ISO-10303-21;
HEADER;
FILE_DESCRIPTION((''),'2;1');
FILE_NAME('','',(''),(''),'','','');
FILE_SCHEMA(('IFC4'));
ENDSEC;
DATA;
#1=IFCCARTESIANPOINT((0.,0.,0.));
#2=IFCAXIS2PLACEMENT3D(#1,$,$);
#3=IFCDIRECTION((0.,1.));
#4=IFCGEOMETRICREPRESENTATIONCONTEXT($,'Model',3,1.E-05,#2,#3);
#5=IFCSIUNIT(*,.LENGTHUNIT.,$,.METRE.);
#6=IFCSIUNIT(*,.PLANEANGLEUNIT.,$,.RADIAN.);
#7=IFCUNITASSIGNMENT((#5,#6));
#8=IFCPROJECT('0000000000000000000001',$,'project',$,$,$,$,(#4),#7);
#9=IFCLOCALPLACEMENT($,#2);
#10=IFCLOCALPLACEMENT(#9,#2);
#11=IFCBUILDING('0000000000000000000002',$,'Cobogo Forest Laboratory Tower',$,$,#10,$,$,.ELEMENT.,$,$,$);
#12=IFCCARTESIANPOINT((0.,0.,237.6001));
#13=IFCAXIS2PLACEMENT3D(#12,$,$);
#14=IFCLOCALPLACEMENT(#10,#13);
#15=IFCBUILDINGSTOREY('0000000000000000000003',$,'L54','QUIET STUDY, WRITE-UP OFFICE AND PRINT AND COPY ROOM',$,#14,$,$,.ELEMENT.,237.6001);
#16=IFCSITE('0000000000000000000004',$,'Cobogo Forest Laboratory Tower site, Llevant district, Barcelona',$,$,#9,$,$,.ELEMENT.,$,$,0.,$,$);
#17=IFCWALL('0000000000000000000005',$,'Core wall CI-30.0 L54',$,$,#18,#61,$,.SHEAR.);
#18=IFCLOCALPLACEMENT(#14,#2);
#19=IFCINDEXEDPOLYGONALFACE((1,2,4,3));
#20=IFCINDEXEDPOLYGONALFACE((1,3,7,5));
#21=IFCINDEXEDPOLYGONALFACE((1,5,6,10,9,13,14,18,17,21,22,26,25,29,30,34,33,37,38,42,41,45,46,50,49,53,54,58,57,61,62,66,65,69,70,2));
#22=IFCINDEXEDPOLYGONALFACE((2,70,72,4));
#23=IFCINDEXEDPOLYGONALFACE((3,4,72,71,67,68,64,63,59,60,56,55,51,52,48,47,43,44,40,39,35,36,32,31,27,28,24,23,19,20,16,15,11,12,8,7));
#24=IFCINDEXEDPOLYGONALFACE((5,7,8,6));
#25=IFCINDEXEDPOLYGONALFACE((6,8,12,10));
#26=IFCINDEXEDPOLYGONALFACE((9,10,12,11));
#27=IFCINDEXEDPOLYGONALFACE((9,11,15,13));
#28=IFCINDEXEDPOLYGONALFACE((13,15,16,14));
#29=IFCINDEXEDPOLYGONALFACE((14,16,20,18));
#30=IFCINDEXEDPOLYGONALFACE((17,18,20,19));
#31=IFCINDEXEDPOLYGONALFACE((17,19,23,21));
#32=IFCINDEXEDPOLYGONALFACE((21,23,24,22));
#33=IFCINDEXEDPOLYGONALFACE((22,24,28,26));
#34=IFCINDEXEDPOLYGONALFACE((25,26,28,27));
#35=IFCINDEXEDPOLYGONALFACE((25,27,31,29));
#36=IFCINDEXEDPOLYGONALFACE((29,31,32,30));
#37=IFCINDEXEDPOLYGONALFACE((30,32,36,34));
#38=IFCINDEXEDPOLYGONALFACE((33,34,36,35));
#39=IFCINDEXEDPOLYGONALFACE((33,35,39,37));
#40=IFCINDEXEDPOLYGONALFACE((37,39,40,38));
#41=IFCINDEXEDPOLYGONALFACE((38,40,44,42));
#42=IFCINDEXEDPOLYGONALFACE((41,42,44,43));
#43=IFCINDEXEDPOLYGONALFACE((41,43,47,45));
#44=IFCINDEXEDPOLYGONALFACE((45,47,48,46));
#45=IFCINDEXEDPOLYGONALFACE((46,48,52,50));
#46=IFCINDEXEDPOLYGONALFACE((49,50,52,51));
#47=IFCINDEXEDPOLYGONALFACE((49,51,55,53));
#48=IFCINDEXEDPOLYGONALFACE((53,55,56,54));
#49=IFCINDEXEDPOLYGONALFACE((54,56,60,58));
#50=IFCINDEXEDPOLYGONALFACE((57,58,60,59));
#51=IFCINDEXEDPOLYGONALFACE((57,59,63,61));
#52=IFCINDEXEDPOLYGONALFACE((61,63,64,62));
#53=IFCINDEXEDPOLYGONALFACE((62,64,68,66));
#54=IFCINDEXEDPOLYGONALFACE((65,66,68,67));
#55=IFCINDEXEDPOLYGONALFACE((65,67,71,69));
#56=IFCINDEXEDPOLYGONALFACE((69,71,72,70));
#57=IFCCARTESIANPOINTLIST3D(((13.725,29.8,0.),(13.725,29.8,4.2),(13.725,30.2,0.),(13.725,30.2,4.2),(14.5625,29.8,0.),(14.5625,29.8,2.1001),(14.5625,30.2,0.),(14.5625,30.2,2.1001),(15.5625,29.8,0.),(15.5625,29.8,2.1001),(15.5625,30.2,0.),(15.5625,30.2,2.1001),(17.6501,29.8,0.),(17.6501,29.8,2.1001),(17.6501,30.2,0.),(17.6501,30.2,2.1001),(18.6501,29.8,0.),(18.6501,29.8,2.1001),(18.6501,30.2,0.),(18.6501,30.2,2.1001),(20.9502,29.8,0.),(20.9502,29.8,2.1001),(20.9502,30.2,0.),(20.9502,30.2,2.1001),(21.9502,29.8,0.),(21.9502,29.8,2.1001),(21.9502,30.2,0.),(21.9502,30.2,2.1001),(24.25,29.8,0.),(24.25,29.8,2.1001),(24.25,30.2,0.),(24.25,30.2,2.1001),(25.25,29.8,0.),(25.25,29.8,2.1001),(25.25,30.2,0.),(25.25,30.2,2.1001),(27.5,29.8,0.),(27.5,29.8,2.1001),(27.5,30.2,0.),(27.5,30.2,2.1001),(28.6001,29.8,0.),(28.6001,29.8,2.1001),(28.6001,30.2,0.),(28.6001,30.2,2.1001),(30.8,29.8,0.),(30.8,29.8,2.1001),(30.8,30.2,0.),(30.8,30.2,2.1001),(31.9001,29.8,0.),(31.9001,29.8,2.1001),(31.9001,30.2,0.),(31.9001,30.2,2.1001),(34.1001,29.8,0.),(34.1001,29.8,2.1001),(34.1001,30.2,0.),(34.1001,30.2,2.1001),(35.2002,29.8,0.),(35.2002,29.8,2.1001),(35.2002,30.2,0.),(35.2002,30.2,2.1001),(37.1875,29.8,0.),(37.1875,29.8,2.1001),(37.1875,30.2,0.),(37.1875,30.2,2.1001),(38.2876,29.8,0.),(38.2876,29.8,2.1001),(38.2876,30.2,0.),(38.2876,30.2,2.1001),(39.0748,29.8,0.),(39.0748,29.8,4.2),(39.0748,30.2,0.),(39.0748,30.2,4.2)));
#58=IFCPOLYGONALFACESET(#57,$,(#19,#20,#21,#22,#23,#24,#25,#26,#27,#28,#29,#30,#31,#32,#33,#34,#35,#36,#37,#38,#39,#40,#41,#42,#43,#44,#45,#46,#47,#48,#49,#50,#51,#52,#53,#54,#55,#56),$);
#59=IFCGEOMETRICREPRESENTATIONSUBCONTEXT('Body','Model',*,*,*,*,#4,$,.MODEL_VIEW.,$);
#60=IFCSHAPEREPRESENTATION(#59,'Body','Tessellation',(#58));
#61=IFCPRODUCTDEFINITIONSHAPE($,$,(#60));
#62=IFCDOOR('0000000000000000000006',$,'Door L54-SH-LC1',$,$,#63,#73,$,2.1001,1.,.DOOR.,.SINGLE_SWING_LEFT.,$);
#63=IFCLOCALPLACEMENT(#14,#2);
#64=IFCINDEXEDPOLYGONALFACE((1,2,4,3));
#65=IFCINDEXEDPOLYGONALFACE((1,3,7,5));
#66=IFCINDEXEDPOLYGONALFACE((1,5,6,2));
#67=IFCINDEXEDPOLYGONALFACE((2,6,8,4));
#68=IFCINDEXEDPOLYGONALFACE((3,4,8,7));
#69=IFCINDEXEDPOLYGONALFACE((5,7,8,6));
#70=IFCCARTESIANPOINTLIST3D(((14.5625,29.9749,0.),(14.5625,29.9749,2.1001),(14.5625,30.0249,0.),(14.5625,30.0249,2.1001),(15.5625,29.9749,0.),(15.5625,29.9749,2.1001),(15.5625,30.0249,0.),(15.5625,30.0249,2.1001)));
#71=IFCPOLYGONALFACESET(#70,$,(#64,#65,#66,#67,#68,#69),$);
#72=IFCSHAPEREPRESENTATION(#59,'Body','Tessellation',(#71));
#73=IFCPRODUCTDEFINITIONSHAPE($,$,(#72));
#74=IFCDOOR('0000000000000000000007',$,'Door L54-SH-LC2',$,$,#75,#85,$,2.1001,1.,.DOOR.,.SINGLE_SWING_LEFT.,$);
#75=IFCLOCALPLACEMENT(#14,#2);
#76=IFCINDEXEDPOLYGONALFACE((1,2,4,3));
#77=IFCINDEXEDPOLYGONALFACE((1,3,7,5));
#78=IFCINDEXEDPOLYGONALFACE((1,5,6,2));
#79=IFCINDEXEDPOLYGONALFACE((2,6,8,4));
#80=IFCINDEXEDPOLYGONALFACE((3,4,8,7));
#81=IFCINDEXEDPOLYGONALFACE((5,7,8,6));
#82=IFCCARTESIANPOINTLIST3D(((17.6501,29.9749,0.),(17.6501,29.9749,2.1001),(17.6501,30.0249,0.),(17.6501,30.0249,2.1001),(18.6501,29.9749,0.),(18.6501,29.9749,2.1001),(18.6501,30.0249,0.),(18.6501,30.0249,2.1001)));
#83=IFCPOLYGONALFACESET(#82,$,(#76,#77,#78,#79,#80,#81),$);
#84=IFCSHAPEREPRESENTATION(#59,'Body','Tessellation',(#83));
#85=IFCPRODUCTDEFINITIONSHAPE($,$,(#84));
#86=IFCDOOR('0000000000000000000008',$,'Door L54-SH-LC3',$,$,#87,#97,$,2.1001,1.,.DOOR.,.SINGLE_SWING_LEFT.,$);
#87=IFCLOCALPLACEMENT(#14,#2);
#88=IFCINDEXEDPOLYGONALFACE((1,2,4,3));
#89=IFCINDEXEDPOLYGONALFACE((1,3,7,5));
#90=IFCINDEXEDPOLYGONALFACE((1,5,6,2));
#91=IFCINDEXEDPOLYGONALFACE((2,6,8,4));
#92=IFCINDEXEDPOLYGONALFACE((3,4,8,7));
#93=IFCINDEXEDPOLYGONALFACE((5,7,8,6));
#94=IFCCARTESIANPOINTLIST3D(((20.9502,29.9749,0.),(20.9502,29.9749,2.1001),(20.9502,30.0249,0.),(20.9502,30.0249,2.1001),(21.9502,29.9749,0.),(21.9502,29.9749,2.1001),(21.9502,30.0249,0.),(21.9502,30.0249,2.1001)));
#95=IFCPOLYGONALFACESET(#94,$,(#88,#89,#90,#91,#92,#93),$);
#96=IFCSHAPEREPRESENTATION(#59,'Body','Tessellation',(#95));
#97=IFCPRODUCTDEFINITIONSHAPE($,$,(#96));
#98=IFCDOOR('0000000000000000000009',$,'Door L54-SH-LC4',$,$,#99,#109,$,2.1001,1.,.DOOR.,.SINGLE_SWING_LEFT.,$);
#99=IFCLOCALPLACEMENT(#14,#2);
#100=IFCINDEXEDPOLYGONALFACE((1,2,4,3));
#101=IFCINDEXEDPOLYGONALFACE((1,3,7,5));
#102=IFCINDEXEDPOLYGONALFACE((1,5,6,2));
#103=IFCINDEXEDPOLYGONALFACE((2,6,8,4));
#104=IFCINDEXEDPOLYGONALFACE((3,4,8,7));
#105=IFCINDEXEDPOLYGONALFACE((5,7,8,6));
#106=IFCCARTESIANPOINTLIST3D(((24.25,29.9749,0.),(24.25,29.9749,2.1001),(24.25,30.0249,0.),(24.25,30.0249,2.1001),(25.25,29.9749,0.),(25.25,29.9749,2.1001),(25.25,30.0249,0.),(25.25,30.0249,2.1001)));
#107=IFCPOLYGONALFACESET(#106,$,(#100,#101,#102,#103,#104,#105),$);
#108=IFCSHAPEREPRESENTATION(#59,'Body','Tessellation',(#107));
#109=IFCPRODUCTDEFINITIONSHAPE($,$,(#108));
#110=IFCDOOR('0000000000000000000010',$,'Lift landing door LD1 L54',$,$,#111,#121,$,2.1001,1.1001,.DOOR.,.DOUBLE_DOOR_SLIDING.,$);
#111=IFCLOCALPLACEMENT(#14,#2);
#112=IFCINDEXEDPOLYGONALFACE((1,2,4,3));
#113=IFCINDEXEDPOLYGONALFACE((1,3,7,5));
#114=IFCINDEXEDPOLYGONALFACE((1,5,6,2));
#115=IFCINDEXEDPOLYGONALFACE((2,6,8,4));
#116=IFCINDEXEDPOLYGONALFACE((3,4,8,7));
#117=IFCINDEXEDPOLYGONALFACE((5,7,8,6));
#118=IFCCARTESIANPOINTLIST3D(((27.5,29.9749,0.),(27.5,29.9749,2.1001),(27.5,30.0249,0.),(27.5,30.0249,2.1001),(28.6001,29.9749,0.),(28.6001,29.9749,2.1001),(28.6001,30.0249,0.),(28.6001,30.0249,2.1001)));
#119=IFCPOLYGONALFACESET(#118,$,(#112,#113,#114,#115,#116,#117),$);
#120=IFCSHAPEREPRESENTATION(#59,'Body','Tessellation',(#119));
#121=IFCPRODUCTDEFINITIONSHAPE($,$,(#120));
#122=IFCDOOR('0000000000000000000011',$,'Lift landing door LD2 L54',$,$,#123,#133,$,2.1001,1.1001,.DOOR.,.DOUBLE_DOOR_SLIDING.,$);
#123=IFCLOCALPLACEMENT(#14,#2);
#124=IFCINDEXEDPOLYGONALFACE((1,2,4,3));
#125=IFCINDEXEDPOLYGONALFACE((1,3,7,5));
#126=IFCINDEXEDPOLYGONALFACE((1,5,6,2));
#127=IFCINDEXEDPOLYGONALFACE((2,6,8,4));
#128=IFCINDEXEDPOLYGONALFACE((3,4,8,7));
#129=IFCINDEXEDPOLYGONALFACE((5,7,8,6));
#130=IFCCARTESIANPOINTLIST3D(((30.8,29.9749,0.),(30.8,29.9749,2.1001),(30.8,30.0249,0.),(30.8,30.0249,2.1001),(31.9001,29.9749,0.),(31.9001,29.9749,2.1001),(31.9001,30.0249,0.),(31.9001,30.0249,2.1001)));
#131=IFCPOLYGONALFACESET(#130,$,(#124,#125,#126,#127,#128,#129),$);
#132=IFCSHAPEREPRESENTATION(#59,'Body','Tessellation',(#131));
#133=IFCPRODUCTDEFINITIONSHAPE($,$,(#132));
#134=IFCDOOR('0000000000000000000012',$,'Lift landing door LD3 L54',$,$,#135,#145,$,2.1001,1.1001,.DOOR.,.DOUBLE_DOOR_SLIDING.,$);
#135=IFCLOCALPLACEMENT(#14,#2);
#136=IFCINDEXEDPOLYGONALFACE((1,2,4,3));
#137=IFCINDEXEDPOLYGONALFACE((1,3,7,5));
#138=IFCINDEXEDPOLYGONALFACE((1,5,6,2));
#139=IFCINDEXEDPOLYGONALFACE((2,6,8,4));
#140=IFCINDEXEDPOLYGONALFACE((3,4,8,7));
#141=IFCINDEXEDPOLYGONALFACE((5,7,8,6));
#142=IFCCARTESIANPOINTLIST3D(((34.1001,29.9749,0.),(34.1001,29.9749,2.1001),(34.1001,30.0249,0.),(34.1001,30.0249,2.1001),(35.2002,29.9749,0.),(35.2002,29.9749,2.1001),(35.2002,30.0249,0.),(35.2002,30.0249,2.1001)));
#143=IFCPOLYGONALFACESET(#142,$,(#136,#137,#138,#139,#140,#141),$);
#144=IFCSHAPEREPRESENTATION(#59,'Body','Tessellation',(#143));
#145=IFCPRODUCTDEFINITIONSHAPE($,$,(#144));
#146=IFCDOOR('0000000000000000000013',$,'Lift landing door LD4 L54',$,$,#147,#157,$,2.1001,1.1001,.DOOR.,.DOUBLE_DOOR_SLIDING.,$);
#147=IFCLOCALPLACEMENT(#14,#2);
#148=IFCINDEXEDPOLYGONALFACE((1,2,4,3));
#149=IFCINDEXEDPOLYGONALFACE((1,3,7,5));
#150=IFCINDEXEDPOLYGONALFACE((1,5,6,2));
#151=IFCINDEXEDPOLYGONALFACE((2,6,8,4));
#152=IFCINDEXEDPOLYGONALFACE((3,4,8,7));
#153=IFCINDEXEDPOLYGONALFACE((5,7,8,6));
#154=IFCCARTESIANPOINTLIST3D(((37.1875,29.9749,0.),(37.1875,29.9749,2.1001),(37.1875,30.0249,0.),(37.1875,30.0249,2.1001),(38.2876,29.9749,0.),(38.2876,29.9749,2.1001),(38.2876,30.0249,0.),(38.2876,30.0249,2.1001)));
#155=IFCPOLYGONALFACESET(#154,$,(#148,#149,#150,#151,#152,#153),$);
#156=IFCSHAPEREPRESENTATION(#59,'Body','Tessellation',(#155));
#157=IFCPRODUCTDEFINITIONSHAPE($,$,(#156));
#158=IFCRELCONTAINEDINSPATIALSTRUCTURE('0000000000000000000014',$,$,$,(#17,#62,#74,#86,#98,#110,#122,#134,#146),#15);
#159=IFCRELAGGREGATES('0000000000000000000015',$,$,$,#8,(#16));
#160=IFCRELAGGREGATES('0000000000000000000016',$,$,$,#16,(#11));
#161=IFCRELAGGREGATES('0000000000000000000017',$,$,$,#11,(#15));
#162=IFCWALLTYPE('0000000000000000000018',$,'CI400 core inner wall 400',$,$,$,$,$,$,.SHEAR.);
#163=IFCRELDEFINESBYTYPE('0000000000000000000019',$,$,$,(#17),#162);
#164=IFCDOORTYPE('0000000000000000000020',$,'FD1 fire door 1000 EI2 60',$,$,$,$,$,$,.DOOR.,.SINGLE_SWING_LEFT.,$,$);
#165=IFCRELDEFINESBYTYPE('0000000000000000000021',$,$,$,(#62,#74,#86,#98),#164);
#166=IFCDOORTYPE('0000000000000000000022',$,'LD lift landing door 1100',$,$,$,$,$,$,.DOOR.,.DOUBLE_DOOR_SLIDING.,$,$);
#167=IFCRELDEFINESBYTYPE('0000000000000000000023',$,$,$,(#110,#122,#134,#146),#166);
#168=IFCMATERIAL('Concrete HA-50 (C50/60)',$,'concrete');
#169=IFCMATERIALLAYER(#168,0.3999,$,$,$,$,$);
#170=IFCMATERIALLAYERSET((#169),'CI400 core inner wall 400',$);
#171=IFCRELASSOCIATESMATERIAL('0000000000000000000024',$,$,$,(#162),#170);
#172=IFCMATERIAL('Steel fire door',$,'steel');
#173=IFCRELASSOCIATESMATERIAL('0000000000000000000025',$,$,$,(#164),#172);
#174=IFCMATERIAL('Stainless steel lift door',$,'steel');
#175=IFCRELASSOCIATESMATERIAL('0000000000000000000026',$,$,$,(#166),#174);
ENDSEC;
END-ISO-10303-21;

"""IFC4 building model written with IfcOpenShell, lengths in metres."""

from ifc_helpers import new_model, si_unit, direction, frame, frame_2d, origin, place, context, subcontext, project, spatial, rectangle, extrude, material, layer, layer_set, type_object, element, fill, save


model = new_model("IFC4")

# Units and contexts
model_context = context("Model", 3, precision=1e-05, world=origin(), true_north=direction((0.0, 1.0)))
body_context = subcontext(model_context, "Body", "Model", "MODEL_VIEW")
ifc_project = project(units=[si_unit("LENGTHUNIT", "METRE"), si_unit("PLANEANGLEUNIT", "RADIAN")], contexts=[model_context])

# Site, building, storey
site_placement = place(None, origin())
site = spatial("IfcSite", under=ifc_project, at=site_placement, Name="Cobogo Forest Laboratory Tower site, Llevant district, Barcelona", CompositionType="ELEMENT", RefElevation=0.0)
building_placement = place(site_placement, origin())
building = spatial("IfcBuilding", under=site, at=building_placement, Name="Cobogo Forest Laboratory Tower", CompositionType="ELEMENT")
storey_placement = place(building_placement, frame((0.0, 0.0, 237.6001)))
storey = spatial("IfcBuildingStorey", under=building, at=storey_placement, Name="L54", Description="QUIET STUDY, WRITE-UP OFFICE AND PRINT AND COPY ROOM", CompositionType="ELEMENT", Elevation=237.6001)

# Wall, openings, doors
ifc_material_1 = material(Name="Concrete HA-50 (C50/60)", Category="concrete")
ifc_layer_1 = layer(ifc_material_1, 0.3999)
ifc_layer_set_1 = layer_set([ifc_layer_1], Name="CI400 core inner wall 400")
wall_type_1 = type_object("IfcWallType", Name="CI400 core inner wall 400", PredefinedType="SHEAR", material=ifc_layer_set_1)
wall_1_placement = place(storey_placement, frame((13.7251, 30.0, 0.0), z_axis=(0.0, 0.0, 1.0), x_axis=(1.0, 0.0, 0.0)))
wall_1 = element("IfcWall", 1, at=wall_1_placement, inside=storey, type_object=wall_type_1, Name="Core wall CI-30.0 L54", PredefinedType="SHEAR", context=body_context, shape_type="SweptSolid", body=[
    extrude(rectangle(XDim=25.3499, YDim=0.3999, at=frame_2d((12.6748, 0.0))), origin(), (0.0, 0.0, 1.0), 4.2),
])
opening_1_placement = place(wall_1_placement, frame((0.8374, 0.0, 0.0)))
opening_1 = element("IfcOpeningElement", 2, at=opening_1_placement, cuts=wall_1, PredefinedType="OPENING", context=body_context, shape_type="SweptSolid", body=[
    extrude(rectangle(XDim=1.0, YDim=2.1001, at=frame_2d((0.5, 1.05))), frame((0.0, 0.21, 0.0), z_axis=(0.0, -1.0, 0.0), x_axis=(1.0, 0.0, 0.0)), (0.0, 0.0, 1.0), 0.4199),
])
opening_2_placement = place(wall_1_placement, frame((3.925, 0.0, 0.0)))
opening_2 = element("IfcOpeningElement", 3, at=opening_2_placement, cuts=wall_1, PredefinedType="OPENING", context=body_context, shape_type="SweptSolid", body=[
    extrude(rectangle(XDim=1.0, YDim=2.1001, at=frame_2d((0.5, 1.05))), frame((0.0, 0.21, 0.0), z_axis=(0.0, -1.0, 0.0), x_axis=(1.0, 0.0, 0.0)), (0.0, 0.0, 1.0), 0.4199),
])
opening_3_placement = place(wall_1_placement, frame((7.2251, 0.0, 0.0)))
opening_3 = element("IfcOpeningElement", 4, at=opening_3_placement, cuts=wall_1, PredefinedType="OPENING", context=body_context, shape_type="SweptSolid", body=[
    extrude(rectangle(XDim=1.0, YDim=2.1001, at=frame_2d((0.5, 1.05))), frame((0.0, 0.21, 0.0), z_axis=(0.0, -1.0, 0.0), x_axis=(1.0, 0.0, 0.0)), (0.0, 0.0, 1.0), 0.4199),
])
opening_4_placement = place(wall_1_placement, frame((10.5249, 0.0, 0.0)))
opening_4 = element("IfcOpeningElement", 5, at=opening_4_placement, cuts=wall_1, PredefinedType="OPENING", context=body_context, shape_type="SweptSolid", body=[
    extrude(rectangle(XDim=1.0, YDim=2.1001, at=frame_2d((0.5, 1.05))), frame((0.0, 0.21, 0.0), z_axis=(0.0, -1.0, 0.0), x_axis=(1.0, 0.0, 0.0)), (0.0, 0.0, 1.0), 0.4199),
])
opening_5_placement = place(wall_1_placement, frame((13.7749, 0.0, 0.0)))
opening_5 = element("IfcOpeningElement", 6, at=opening_5_placement, cuts=wall_1, PredefinedType="OPENING", context=body_context, shape_type="SweptSolid", body=[
    extrude(rectangle(XDim=1.1001, YDim=2.1001, at=frame_2d((0.55, 1.05))), frame((0.0, 0.21, 0.0), z_axis=(0.0, -1.0, 0.0), x_axis=(1.0, 0.0, 0.0)), (0.0, 0.0, 1.0), 0.4199),
])
opening_6_placement = place(wall_1_placement, frame((17.075, 0.0, 0.0)))
opening_6 = element("IfcOpeningElement", 7, at=opening_6_placement, cuts=wall_1, PredefinedType="OPENING", context=body_context, shape_type="SweptSolid", body=[
    extrude(rectangle(XDim=1.1001, YDim=2.1001, at=frame_2d((0.55, 1.05))), frame((0.0, 0.21, 0.0), z_axis=(0.0, -1.0, 0.0), x_axis=(1.0, 0.0, 0.0)), (0.0, 0.0, 1.0), 0.4199),
])
opening_7_placement = place(wall_1_placement, frame((20.375, 0.0, 0.0)))
opening_7 = element("IfcOpeningElement", 8, at=opening_7_placement, cuts=wall_1, PredefinedType="OPENING", context=body_context, shape_type="SweptSolid", body=[
    extrude(rectangle(XDim=1.1001, YDim=2.1001, at=frame_2d((0.55, 1.05))), frame((0.0, 0.21, 0.0), z_axis=(0.0, -1.0, 0.0), x_axis=(1.0, 0.0, 0.0)), (0.0, 0.0, 1.0), 0.4199),
])
opening_8_placement = place(wall_1_placement, frame((23.4624, 0.0, 0.0)))
opening_8 = element("IfcOpeningElement", 9, at=opening_8_placement, cuts=wall_1, PredefinedType="OPENING", context=body_context, shape_type="SweptSolid", body=[
    extrude(rectangle(XDim=1.1001, YDim=2.1001, at=frame_2d((0.55, 1.05))), frame((0.0, 0.21, 0.0), z_axis=(0.0, -1.0, 0.0), x_axis=(1.0, 0.0, 0.0)), (0.0, 0.0, 1.0), 0.4199),
])
ifc_material_2 = material(Name="Steel fire door", Category="steel")
door_type_1 = type_object("IfcDoorType", Name="FD1 fire door 1000 EI2 60", OperationType="SINGLE_SWING_LEFT", PredefinedType="DOOR", material=ifc_material_2)
door_1_placement = place(opening_1_placement, origin())
door_1 = element("IfcDoor", 10, at=door_1_placement, inside=storey, type_object=door_type_1, Name="Door L54-SH-LC1", OperationType="SINGLE_SWING_LEFT", OverallHeight=2.1001, OverallWidth=1.0, PredefinedType="DOOR", context=body_context, shape_type="SweptSolid", body=[
    extrude(rectangle(XDim=1.0, YDim=2.1001, at=frame_2d((0.5, 1.05))), frame((0.0, 0.0249, 0.0), z_axis=(0.0, -1.0, 0.0), x_axis=(1.0, 0.0, 0.0)), (0.0, 0.0, 1.0), 0.05),
])
fill(opening_1, door_1)
door_2_placement = place(opening_2_placement, origin())
door_2 = element("IfcDoor", 11, at=door_2_placement, inside=storey, type_object=door_type_1, Name="Door L54-SH-LC2", OperationType="SINGLE_SWING_LEFT", OverallHeight=2.1001, OverallWidth=1.0, PredefinedType="DOOR", context=body_context, shape_type="SweptSolid", body=[
    extrude(rectangle(XDim=1.0, YDim=2.1001, at=frame_2d((0.5, 1.05))), frame((0.0, 0.0249, 0.0), z_axis=(0.0, -1.0, 0.0), x_axis=(1.0, 0.0, 0.0)), (0.0, 0.0, 1.0), 0.05),
])
fill(opening_2, door_2)
door_3_placement = place(opening_3_placement, origin())
door_3 = element("IfcDoor", 12, at=door_3_placement, inside=storey, type_object=door_type_1, Name="Door L54-SH-LC3", OperationType="SINGLE_SWING_LEFT", OverallHeight=2.1001, OverallWidth=1.0, PredefinedType="DOOR", context=body_context, shape_type="SweptSolid", body=[
    extrude(rectangle(XDim=1.0, YDim=2.1001, at=frame_2d((0.5, 1.05))), frame((0.0, 0.0249, 0.0), z_axis=(0.0, -1.0, 0.0), x_axis=(1.0, 0.0, 0.0)), (0.0, 0.0, 1.0), 0.05),
])
fill(opening_3, door_3)
door_4_placement = place(opening_4_placement, origin())
door_4 = element("IfcDoor", 13, at=door_4_placement, inside=storey, type_object=door_type_1, Name="Door L54-SH-LC4", OperationType="SINGLE_SWING_LEFT", OverallHeight=2.1001, OverallWidth=1.0, PredefinedType="DOOR", context=body_context, shape_type="SweptSolid", body=[
    extrude(rectangle(XDim=1.0, YDim=2.1001, at=frame_2d((0.5, 1.05))), frame((0.0, 0.0249, 0.0), z_axis=(0.0, -1.0, 0.0), x_axis=(1.0, 0.0, 0.0)), (0.0, 0.0, 1.0), 0.05),
])
fill(opening_4, door_4)
ifc_material_3 = material(Name="Stainless steel lift door", Category="steel")
door_type_2 = type_object("IfcDoorType", Name="LD lift landing door 1100", OperationType="DOUBLE_DOOR_SLIDING", PredefinedType="DOOR", material=ifc_material_3)
door_5_placement = place(opening_5_placement, origin())
door_5 = element("IfcDoor", 14, at=door_5_placement, inside=storey, type_object=door_type_2, Name="Lift landing door LD1 L54", OperationType="DOUBLE_DOOR_SLIDING", OverallHeight=2.1001, OverallWidth=1.1001, PredefinedType="DOOR", context=body_context, shape_type="SweptSolid", body=[
    extrude(rectangle(XDim=1.1001, YDim=2.1001, at=frame_2d((0.55, 1.05))), frame((0.0, 0.0249, 0.0), z_axis=(0.0, -1.0, 0.0), x_axis=(1.0, 0.0, 0.0)), (0.0, 0.0, 1.0), 0.05),
])
fill(opening_5, door_5)
door_6_placement = place(opening_6_placement, origin())
door_6 = element("IfcDoor", 15, at=door_6_placement, inside=storey, type_object=door_type_2, Name="Lift landing door LD2 L54", OperationType="DOUBLE_DOOR_SLIDING", OverallHeight=2.1001, OverallWidth=1.1001, PredefinedType="DOOR", context=body_context, shape_type="SweptSolid", body=[
    extrude(rectangle(XDim=1.1001, YDim=2.1001, at=frame_2d((0.55, 1.05))), frame((0.0, 0.0249, 0.0), z_axis=(0.0, -1.0, 0.0), x_axis=(1.0, 0.0, 0.0)), (0.0, 0.0, 1.0), 0.05),
])
fill(opening_6, door_6)
door_7_placement = place(opening_7_placement, origin())
door_7 = element("IfcDoor", 16, at=door_7_placement, inside=storey, type_object=door_type_2, Name="Lift landing door LD3 L54", OperationType="DOUBLE_DOOR_SLIDING", OverallHeight=2.1001, OverallWidth=1.1001, PredefinedType="DOOR", context=body_context, shape_type="SweptSolid", body=[
    extrude(rectangle(XDim=1.1001, YDim=2.1001, at=frame_2d((0.55, 1.05))), frame((0.0, 0.0249, 0.0), z_axis=(0.0, -1.0, 0.0), x_axis=(1.0, 0.0, 0.0)), (0.0, 0.0, 1.0), 0.05),
])
fill(opening_7, door_7)
door_8_placement = place(opening_8_placement, origin())
door_8 = element("IfcDoor", 17, at=door_8_placement, inside=storey, type_object=door_type_2, Name="Lift landing door LD4 L54", OperationType="DOUBLE_DOOR_SLIDING", OverallHeight=2.1001, OverallWidth=1.1001, PredefinedType="DOOR", context=body_context, shape_type="SweptSolid", body=[
    extrude(rectangle(XDim=1.1001, YDim=2.1001, at=frame_2d((0.55, 1.05))), frame((0.0, 0.0249, 0.0), z_axis=(0.0, -1.0, 0.0), x_axis=(1.0, 0.0, 0.0)), (0.0, 0.0, 1.0), 0.05),
])
fill(opening_8, door_8)

save(model, "model.ifc")
